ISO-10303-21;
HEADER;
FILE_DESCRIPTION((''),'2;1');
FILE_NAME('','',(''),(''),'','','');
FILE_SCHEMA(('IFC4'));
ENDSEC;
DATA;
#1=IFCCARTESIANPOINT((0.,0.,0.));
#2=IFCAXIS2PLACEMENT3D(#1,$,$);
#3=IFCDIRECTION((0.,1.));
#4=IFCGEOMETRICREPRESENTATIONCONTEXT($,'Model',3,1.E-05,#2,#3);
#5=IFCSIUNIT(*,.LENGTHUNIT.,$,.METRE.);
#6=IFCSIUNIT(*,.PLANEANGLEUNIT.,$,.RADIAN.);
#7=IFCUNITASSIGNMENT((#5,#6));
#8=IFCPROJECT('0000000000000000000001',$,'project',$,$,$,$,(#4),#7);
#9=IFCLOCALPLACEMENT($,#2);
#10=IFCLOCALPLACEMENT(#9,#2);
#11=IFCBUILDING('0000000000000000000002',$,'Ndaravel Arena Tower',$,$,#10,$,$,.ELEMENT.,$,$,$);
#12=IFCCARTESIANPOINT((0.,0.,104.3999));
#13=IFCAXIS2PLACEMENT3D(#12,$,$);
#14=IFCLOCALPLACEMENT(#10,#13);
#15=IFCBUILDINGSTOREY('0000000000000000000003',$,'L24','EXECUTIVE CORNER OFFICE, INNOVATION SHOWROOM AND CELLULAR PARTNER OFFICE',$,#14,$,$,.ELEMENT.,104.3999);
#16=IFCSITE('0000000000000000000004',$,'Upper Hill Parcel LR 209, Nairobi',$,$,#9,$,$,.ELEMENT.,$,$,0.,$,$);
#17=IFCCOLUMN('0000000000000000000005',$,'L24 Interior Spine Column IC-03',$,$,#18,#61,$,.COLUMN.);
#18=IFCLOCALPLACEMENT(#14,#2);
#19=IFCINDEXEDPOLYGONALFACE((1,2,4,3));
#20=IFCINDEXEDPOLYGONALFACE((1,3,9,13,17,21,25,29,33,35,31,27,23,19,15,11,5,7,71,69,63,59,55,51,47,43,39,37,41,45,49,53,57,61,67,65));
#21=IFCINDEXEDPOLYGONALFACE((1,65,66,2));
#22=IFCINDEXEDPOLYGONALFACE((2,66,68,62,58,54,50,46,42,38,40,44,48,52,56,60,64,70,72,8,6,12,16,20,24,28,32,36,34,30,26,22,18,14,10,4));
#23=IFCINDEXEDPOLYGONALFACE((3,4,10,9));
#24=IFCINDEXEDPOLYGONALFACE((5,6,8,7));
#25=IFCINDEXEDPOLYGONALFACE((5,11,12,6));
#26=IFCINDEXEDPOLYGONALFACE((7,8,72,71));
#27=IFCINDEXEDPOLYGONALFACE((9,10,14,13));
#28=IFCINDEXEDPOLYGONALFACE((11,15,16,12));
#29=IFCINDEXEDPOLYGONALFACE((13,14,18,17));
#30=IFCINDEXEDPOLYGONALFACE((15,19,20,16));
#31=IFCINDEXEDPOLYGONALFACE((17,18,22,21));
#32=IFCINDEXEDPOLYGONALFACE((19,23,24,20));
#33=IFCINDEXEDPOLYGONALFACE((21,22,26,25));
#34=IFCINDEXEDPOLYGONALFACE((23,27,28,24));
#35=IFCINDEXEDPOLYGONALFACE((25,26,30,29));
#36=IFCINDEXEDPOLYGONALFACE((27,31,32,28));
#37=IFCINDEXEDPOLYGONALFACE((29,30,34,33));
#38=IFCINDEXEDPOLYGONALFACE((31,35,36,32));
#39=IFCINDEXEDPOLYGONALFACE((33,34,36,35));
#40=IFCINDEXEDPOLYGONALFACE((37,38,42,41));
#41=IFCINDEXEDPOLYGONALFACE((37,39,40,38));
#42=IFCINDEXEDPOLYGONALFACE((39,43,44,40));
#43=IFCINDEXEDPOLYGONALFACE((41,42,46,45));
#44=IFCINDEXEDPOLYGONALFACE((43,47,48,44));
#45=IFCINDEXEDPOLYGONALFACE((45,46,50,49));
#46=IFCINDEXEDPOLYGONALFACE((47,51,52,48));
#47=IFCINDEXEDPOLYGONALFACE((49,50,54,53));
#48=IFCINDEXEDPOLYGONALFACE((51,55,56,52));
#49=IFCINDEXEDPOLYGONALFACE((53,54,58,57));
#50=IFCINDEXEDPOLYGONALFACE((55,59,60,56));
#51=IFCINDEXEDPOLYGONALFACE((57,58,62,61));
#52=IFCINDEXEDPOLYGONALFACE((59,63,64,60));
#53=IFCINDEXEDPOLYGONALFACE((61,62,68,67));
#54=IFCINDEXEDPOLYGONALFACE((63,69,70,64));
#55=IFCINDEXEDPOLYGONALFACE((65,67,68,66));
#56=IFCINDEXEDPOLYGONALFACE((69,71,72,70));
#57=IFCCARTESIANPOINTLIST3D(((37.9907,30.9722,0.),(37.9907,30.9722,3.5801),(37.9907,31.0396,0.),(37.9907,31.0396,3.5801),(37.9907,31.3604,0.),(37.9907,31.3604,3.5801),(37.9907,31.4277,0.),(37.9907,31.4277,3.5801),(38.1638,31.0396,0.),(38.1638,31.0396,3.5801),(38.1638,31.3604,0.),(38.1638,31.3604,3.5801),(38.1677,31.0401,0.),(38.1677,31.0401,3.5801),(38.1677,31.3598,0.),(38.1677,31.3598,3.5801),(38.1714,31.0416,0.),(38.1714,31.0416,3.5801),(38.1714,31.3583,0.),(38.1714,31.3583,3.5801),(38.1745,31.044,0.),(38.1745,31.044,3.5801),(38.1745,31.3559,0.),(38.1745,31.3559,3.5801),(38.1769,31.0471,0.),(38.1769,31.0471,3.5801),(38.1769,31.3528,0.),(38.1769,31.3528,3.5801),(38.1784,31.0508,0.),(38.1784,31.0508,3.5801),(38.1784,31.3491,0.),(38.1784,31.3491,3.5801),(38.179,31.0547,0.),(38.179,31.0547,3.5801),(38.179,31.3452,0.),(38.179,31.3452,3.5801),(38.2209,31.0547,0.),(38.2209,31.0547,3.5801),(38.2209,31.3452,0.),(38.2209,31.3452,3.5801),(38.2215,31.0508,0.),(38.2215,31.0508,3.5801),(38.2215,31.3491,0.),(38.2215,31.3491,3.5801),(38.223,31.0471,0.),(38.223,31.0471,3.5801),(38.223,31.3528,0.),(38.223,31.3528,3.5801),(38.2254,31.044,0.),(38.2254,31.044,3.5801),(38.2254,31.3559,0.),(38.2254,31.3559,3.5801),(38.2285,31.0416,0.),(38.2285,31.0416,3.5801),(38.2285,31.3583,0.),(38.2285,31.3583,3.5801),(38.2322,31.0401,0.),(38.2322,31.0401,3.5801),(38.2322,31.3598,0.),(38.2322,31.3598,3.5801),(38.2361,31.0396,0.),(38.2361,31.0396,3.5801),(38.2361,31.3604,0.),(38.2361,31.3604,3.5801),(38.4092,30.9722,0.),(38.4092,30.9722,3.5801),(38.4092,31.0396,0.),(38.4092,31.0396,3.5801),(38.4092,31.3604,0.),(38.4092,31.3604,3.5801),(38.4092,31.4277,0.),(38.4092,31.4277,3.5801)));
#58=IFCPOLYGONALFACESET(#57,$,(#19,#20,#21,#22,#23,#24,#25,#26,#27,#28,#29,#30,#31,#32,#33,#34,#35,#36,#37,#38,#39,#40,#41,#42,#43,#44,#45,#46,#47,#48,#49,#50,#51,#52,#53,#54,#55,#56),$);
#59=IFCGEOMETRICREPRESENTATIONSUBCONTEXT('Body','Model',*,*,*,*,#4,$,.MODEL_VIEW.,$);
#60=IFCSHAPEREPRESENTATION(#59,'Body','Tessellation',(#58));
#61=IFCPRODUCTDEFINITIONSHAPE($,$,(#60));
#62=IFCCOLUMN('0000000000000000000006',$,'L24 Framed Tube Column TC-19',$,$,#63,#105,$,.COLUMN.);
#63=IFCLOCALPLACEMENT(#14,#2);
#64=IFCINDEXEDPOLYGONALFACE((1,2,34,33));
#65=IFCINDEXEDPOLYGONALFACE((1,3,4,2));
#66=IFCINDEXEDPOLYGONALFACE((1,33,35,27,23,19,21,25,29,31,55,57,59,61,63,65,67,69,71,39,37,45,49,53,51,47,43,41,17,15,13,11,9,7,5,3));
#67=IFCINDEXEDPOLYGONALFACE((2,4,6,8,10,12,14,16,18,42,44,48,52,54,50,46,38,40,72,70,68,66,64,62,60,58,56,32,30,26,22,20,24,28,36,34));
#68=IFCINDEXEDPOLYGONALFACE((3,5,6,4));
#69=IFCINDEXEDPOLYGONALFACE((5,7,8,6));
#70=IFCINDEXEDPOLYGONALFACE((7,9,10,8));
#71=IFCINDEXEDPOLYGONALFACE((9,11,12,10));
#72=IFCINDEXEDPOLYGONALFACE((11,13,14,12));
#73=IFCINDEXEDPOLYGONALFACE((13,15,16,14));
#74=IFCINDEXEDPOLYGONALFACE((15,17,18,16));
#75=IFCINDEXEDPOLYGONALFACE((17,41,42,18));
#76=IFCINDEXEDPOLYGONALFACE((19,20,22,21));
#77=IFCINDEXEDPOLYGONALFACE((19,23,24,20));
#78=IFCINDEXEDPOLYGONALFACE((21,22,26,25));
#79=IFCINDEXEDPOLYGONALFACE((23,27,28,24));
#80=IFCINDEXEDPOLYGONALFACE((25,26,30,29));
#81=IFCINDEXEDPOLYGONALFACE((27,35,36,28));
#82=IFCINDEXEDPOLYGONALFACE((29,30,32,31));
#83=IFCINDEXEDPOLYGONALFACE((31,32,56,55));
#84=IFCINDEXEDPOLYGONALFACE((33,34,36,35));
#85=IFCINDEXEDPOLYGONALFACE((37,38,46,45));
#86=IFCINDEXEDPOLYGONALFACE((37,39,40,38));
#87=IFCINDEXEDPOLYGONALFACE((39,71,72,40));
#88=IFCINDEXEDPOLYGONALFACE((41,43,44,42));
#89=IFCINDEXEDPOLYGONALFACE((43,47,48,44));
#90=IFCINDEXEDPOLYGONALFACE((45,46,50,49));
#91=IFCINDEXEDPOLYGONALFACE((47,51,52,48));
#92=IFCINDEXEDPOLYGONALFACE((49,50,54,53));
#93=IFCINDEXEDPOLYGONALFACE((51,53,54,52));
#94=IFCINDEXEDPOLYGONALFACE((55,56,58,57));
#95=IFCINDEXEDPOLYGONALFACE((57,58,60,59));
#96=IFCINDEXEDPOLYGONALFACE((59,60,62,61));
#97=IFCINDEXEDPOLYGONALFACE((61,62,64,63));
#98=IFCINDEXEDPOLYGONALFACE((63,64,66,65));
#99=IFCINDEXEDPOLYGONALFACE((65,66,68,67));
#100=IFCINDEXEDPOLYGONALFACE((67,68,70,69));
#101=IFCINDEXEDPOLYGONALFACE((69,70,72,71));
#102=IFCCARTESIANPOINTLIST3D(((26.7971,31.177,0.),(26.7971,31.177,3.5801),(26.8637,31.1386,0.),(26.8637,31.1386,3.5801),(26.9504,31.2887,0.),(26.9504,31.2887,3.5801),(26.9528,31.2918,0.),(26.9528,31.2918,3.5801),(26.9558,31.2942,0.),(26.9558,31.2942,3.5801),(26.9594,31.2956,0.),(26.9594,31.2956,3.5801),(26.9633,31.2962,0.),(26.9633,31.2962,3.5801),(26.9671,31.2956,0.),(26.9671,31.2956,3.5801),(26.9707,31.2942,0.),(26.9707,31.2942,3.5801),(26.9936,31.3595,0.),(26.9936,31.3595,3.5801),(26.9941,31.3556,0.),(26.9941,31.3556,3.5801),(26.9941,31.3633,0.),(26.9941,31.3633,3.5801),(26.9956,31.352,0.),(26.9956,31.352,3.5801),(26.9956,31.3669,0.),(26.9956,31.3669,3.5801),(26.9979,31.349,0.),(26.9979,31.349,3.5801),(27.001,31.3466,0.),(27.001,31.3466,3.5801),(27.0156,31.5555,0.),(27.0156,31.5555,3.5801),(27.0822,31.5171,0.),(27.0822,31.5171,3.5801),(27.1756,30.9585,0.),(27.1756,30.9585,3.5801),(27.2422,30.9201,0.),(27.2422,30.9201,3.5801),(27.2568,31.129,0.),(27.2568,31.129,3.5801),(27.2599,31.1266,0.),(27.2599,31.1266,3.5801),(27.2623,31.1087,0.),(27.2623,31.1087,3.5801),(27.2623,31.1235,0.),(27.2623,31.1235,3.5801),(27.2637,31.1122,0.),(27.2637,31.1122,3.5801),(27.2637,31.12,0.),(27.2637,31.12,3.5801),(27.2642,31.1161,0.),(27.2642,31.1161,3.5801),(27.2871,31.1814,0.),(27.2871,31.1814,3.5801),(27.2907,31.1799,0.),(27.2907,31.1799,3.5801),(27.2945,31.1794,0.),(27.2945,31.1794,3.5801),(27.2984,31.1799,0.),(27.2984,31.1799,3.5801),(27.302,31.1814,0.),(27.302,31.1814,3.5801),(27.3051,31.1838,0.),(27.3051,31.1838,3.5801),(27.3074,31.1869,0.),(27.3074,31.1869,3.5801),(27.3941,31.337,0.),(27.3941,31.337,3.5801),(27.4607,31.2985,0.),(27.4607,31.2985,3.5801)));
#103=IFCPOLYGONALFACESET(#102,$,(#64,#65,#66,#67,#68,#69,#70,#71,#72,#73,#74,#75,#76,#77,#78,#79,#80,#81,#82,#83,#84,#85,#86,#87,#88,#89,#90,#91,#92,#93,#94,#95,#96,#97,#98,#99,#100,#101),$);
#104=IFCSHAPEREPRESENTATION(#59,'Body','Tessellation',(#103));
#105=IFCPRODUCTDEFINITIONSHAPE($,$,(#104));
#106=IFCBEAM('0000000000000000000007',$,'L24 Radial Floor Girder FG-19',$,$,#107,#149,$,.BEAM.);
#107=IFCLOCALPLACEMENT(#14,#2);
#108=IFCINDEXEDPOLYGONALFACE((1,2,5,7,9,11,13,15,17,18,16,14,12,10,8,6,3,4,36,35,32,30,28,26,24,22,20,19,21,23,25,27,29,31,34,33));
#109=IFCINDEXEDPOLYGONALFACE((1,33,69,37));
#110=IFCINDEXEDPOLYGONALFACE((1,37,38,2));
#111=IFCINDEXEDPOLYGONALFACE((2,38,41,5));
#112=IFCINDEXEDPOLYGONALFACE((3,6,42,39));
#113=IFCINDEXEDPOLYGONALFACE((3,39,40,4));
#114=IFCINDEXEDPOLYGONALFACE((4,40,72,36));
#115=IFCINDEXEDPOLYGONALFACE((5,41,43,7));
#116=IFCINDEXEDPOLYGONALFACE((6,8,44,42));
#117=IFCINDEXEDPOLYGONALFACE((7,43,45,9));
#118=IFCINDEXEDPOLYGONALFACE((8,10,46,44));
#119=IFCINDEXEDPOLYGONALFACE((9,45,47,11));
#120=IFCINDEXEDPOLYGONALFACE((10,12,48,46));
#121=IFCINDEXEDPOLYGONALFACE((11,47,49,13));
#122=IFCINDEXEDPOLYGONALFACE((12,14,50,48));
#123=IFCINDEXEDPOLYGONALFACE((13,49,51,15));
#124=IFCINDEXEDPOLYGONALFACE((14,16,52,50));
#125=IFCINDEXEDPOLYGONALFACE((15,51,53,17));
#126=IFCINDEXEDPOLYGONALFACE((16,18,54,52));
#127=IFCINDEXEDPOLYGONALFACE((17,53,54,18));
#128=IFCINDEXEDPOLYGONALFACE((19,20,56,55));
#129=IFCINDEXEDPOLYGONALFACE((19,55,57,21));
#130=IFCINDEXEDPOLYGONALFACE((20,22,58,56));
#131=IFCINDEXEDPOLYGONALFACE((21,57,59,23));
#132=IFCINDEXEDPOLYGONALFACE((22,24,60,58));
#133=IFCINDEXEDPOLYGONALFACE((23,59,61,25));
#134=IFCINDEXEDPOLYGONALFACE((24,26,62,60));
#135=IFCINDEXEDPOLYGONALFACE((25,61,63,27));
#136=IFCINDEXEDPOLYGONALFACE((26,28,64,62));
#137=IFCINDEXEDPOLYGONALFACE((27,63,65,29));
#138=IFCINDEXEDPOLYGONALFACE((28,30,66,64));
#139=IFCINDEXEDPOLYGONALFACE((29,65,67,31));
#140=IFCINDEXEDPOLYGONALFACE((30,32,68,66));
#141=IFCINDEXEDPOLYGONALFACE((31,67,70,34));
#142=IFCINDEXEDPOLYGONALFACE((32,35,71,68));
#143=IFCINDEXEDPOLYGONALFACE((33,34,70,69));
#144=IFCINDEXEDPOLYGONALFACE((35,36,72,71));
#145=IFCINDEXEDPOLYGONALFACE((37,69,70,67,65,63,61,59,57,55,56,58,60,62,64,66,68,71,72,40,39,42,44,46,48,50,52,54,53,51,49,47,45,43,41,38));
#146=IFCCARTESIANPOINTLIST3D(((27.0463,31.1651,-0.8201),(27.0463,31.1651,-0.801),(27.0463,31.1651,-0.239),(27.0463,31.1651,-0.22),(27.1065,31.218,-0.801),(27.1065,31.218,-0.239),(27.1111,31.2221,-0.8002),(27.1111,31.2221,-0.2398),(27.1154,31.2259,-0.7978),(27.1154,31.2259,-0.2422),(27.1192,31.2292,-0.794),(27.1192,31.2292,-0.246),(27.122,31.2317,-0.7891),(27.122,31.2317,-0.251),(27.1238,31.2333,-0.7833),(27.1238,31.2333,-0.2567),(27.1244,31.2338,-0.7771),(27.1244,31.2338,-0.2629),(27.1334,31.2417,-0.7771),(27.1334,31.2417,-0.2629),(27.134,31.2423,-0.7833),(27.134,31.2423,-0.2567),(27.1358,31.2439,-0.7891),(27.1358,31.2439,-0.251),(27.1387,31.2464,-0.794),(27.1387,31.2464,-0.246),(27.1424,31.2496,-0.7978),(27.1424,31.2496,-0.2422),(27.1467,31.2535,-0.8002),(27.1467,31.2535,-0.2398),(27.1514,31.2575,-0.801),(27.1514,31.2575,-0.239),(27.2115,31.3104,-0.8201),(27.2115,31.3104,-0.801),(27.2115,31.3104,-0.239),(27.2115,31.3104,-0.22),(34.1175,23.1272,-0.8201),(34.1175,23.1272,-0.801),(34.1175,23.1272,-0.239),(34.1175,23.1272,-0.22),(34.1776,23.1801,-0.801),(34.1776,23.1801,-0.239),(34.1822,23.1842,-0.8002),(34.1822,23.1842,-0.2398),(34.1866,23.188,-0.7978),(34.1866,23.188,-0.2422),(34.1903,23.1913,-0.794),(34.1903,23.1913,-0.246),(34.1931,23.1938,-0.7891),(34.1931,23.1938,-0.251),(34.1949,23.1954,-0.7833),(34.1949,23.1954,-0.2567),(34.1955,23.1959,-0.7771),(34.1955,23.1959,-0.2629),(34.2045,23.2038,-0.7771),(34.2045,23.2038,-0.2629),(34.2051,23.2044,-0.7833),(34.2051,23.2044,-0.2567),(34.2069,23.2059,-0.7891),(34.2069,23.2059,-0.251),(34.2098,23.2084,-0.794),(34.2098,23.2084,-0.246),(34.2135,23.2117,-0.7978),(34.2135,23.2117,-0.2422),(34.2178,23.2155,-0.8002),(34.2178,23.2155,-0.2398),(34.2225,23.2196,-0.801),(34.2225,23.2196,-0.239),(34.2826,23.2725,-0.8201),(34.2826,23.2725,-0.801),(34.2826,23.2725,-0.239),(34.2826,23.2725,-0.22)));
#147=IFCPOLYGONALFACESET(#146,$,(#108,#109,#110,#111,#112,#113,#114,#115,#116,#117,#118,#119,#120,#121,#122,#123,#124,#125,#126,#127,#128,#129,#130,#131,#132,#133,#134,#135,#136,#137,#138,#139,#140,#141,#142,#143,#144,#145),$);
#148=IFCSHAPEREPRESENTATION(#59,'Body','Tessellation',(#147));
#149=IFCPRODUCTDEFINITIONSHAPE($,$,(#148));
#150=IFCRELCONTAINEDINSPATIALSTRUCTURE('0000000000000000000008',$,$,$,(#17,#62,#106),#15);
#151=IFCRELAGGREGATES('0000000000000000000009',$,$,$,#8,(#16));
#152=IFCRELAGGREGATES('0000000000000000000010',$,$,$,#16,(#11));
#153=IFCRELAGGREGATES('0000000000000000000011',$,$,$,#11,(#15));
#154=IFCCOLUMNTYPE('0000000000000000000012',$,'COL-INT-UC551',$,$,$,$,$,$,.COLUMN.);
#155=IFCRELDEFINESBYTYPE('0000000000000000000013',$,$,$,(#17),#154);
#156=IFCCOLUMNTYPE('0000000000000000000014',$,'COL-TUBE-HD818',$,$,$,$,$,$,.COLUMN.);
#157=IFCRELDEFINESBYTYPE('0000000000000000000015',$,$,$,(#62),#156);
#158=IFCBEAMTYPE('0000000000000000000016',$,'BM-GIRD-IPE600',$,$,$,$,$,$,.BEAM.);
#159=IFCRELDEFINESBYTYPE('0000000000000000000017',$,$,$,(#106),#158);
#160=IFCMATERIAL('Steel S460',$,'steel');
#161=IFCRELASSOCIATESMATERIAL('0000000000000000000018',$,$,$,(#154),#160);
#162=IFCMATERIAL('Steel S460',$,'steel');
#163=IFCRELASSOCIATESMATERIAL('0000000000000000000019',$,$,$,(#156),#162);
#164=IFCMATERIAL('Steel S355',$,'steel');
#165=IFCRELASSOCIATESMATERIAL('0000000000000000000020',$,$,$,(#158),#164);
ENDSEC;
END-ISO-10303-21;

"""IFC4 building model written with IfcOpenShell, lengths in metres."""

from ifc_helpers import new_model, si_unit, direction, frame, origin, origin_2d, place, context, subcontext, project, spatial, i_section, extrude, material, material_profile, profile_set, type_object, element, save


model = new_model("IFC4")

# Units and contexts
model_context = context("Model", 3, precision=1e-05, world=origin(), true_north=direction((0.0, 1.0)))
body_context = subcontext(model_context, "Body", "Model", "MODEL_VIEW")
ifc_project = project(units=[si_unit("LENGTHUNIT", "METRE"), si_unit("PLANEANGLEUNIT", "RADIAN")], contexts=[model_context])

# Site, building, storey
site_placement = place(None, origin())
site = spatial("IfcSite", under=ifc_project, at=site_placement, Name="Upper Hill Parcel LR 209, Nairobi", CompositionType="ELEMENT", RefElevation=0.0)
building_placement = place(site_placement, origin())
building = spatial("IfcBuilding", under=site, at=building_placement, Name="Ndaravel Arena Tower", CompositionType="ELEMENT")
storey_placement = place(building_placement, frame((0.0, 0.0, 104.3999)))
storey = spatial("IfcBuildingStorey", under=building, at=storey_placement, Name="L24", Description="EXECUTIVE CORNER OFFICE, INNOVATION SHOWROOM AND CELLULAR PARTNER OFFICE", CompositionType="ELEMENT", Elevation=104.3999)

# Columns
ifc_material_1 = material(Name="Steel S460", Category="steel")
ifc_material_profile_1 = material_profile(ifc_material_1, i_section(OverallWidth=0.4185, OverallDepth=0.4556, WebThickness=0.042, FlangeThickness=0.0674, FilletRadius=0.0151, at=origin_2d()), Name="UC 356x406x551")
ifc_profile_set_1 = profile_set([ifc_material_profile_1], Name="Steel S460")
column_type_1 = type_object("IfcColumnType", Name="COL-INT-UC551", PredefinedType="COLUMN", material=ifc_profile_set_1)
column_1_placement = place(storey_placement, frame((38.2, 31.2, 0.0), z_axis=(0.0, 0.0, 1.0), x_axis=(1.0, 0.0, 0.0)))
element("IfcColumn", 1, at=column_1_placement, inside=storey, type_object=column_type_1, Name="L24 Interior Spine Column IC-03", PredefinedType="COLUMN", context=body_context, shape_type="SweptSolid", body=[
    extrude(i_section(OverallWidth=0.4185, OverallDepth=0.4556, WebThickness=0.042, FlangeThickness=0.0674, FilletRadius=0.0151, at=origin_2d()), origin(), (0.0, 0.0, 1.0), 3.5801),
])
ifc_material_2 = material(Name="Steel S460", Category="steel")
ifc_material_profile_2 = material_profile(ifc_material_2, i_section(OverallWidth=0.437, OverallDepth=0.5139, WebThickness=0.0605, FlangeThickness=0.0769, FilletRadius=0.0149, at=origin_2d()), Name="HD 400x818")
ifc_profile_set_2 = profile_set([ifc_material_profile_2], Name="Steel S460")
column_type_2 = type_object("IfcColumnType", Name="COL-TUBE-HD818", PredefinedType="COLUMN", material=ifc_profile_set_2)
column_2_placement = place(storey_placement, frame((27.1289, 31.2378, 0.0), z_axis=(0.0, 0.0, 1.0), x_axis=(0.5, 0.866025, 0.0)))
element("IfcColumn", 2, at=column_2_placement, inside=storey, type_object=column_type_2, Name="L24 Framed Tube Column TC-19", PredefinedType="COLUMN", context=body_context, shape_type="SweptSolid", body=[
    extrude(i_section(OverallWidth=0.437, OverallDepth=0.5139, WebThickness=0.0605, FlangeThickness=0.0769, FilletRadius=0.0149, at=origin_2d()), origin(), (0.0, 0.0, 1.0), 3.5801),
])

# Beam
ifc_material_3 = material(Name="Steel S355", Category="steel")
ifc_material_profile_3 = material_profile(ifc_material_3, i_section(OverallWidth=0.22, OverallDepth=0.6001, WebThickness=0.012, FlangeThickness=0.019, FilletRadius=0.0239, at=origin_2d()), Name="IPE 600")
ifc_profile_set_3 = profile_set([ifc_material_profile_3], Name="Steel S355")
beam_type_1 = type_object("IfcBeamType", Name="BM-GIRD-IPE600", PredefinedType="BEAM", material=ifc_profile_set_3)
beam_1_placement = place(storey_placement, frame((27.1289, 31.2378, -0.52), z_axis=(0.660509, -0.750818, 0.0), x_axis=(0.750818, 0.660509, 0.0)))
element("IfcBeam", 3, at=beam_1_placement, inside=storey, type_object=beam_type_1, Name="L24 Radial Floor Girder FG-19", PredefinedType="BEAM", context=body_context, shape_type="SweptSolid", body=[
    extrude(i_section(OverallWidth=0.22, OverallDepth=0.6001, WebThickness=0.012, FlangeThickness=0.019, FilletRadius=0.0239, at=origin_2d()), origin(), (0.0, 0.0, 1.0), 10.7056),
])

save(model, "model.ifc")
